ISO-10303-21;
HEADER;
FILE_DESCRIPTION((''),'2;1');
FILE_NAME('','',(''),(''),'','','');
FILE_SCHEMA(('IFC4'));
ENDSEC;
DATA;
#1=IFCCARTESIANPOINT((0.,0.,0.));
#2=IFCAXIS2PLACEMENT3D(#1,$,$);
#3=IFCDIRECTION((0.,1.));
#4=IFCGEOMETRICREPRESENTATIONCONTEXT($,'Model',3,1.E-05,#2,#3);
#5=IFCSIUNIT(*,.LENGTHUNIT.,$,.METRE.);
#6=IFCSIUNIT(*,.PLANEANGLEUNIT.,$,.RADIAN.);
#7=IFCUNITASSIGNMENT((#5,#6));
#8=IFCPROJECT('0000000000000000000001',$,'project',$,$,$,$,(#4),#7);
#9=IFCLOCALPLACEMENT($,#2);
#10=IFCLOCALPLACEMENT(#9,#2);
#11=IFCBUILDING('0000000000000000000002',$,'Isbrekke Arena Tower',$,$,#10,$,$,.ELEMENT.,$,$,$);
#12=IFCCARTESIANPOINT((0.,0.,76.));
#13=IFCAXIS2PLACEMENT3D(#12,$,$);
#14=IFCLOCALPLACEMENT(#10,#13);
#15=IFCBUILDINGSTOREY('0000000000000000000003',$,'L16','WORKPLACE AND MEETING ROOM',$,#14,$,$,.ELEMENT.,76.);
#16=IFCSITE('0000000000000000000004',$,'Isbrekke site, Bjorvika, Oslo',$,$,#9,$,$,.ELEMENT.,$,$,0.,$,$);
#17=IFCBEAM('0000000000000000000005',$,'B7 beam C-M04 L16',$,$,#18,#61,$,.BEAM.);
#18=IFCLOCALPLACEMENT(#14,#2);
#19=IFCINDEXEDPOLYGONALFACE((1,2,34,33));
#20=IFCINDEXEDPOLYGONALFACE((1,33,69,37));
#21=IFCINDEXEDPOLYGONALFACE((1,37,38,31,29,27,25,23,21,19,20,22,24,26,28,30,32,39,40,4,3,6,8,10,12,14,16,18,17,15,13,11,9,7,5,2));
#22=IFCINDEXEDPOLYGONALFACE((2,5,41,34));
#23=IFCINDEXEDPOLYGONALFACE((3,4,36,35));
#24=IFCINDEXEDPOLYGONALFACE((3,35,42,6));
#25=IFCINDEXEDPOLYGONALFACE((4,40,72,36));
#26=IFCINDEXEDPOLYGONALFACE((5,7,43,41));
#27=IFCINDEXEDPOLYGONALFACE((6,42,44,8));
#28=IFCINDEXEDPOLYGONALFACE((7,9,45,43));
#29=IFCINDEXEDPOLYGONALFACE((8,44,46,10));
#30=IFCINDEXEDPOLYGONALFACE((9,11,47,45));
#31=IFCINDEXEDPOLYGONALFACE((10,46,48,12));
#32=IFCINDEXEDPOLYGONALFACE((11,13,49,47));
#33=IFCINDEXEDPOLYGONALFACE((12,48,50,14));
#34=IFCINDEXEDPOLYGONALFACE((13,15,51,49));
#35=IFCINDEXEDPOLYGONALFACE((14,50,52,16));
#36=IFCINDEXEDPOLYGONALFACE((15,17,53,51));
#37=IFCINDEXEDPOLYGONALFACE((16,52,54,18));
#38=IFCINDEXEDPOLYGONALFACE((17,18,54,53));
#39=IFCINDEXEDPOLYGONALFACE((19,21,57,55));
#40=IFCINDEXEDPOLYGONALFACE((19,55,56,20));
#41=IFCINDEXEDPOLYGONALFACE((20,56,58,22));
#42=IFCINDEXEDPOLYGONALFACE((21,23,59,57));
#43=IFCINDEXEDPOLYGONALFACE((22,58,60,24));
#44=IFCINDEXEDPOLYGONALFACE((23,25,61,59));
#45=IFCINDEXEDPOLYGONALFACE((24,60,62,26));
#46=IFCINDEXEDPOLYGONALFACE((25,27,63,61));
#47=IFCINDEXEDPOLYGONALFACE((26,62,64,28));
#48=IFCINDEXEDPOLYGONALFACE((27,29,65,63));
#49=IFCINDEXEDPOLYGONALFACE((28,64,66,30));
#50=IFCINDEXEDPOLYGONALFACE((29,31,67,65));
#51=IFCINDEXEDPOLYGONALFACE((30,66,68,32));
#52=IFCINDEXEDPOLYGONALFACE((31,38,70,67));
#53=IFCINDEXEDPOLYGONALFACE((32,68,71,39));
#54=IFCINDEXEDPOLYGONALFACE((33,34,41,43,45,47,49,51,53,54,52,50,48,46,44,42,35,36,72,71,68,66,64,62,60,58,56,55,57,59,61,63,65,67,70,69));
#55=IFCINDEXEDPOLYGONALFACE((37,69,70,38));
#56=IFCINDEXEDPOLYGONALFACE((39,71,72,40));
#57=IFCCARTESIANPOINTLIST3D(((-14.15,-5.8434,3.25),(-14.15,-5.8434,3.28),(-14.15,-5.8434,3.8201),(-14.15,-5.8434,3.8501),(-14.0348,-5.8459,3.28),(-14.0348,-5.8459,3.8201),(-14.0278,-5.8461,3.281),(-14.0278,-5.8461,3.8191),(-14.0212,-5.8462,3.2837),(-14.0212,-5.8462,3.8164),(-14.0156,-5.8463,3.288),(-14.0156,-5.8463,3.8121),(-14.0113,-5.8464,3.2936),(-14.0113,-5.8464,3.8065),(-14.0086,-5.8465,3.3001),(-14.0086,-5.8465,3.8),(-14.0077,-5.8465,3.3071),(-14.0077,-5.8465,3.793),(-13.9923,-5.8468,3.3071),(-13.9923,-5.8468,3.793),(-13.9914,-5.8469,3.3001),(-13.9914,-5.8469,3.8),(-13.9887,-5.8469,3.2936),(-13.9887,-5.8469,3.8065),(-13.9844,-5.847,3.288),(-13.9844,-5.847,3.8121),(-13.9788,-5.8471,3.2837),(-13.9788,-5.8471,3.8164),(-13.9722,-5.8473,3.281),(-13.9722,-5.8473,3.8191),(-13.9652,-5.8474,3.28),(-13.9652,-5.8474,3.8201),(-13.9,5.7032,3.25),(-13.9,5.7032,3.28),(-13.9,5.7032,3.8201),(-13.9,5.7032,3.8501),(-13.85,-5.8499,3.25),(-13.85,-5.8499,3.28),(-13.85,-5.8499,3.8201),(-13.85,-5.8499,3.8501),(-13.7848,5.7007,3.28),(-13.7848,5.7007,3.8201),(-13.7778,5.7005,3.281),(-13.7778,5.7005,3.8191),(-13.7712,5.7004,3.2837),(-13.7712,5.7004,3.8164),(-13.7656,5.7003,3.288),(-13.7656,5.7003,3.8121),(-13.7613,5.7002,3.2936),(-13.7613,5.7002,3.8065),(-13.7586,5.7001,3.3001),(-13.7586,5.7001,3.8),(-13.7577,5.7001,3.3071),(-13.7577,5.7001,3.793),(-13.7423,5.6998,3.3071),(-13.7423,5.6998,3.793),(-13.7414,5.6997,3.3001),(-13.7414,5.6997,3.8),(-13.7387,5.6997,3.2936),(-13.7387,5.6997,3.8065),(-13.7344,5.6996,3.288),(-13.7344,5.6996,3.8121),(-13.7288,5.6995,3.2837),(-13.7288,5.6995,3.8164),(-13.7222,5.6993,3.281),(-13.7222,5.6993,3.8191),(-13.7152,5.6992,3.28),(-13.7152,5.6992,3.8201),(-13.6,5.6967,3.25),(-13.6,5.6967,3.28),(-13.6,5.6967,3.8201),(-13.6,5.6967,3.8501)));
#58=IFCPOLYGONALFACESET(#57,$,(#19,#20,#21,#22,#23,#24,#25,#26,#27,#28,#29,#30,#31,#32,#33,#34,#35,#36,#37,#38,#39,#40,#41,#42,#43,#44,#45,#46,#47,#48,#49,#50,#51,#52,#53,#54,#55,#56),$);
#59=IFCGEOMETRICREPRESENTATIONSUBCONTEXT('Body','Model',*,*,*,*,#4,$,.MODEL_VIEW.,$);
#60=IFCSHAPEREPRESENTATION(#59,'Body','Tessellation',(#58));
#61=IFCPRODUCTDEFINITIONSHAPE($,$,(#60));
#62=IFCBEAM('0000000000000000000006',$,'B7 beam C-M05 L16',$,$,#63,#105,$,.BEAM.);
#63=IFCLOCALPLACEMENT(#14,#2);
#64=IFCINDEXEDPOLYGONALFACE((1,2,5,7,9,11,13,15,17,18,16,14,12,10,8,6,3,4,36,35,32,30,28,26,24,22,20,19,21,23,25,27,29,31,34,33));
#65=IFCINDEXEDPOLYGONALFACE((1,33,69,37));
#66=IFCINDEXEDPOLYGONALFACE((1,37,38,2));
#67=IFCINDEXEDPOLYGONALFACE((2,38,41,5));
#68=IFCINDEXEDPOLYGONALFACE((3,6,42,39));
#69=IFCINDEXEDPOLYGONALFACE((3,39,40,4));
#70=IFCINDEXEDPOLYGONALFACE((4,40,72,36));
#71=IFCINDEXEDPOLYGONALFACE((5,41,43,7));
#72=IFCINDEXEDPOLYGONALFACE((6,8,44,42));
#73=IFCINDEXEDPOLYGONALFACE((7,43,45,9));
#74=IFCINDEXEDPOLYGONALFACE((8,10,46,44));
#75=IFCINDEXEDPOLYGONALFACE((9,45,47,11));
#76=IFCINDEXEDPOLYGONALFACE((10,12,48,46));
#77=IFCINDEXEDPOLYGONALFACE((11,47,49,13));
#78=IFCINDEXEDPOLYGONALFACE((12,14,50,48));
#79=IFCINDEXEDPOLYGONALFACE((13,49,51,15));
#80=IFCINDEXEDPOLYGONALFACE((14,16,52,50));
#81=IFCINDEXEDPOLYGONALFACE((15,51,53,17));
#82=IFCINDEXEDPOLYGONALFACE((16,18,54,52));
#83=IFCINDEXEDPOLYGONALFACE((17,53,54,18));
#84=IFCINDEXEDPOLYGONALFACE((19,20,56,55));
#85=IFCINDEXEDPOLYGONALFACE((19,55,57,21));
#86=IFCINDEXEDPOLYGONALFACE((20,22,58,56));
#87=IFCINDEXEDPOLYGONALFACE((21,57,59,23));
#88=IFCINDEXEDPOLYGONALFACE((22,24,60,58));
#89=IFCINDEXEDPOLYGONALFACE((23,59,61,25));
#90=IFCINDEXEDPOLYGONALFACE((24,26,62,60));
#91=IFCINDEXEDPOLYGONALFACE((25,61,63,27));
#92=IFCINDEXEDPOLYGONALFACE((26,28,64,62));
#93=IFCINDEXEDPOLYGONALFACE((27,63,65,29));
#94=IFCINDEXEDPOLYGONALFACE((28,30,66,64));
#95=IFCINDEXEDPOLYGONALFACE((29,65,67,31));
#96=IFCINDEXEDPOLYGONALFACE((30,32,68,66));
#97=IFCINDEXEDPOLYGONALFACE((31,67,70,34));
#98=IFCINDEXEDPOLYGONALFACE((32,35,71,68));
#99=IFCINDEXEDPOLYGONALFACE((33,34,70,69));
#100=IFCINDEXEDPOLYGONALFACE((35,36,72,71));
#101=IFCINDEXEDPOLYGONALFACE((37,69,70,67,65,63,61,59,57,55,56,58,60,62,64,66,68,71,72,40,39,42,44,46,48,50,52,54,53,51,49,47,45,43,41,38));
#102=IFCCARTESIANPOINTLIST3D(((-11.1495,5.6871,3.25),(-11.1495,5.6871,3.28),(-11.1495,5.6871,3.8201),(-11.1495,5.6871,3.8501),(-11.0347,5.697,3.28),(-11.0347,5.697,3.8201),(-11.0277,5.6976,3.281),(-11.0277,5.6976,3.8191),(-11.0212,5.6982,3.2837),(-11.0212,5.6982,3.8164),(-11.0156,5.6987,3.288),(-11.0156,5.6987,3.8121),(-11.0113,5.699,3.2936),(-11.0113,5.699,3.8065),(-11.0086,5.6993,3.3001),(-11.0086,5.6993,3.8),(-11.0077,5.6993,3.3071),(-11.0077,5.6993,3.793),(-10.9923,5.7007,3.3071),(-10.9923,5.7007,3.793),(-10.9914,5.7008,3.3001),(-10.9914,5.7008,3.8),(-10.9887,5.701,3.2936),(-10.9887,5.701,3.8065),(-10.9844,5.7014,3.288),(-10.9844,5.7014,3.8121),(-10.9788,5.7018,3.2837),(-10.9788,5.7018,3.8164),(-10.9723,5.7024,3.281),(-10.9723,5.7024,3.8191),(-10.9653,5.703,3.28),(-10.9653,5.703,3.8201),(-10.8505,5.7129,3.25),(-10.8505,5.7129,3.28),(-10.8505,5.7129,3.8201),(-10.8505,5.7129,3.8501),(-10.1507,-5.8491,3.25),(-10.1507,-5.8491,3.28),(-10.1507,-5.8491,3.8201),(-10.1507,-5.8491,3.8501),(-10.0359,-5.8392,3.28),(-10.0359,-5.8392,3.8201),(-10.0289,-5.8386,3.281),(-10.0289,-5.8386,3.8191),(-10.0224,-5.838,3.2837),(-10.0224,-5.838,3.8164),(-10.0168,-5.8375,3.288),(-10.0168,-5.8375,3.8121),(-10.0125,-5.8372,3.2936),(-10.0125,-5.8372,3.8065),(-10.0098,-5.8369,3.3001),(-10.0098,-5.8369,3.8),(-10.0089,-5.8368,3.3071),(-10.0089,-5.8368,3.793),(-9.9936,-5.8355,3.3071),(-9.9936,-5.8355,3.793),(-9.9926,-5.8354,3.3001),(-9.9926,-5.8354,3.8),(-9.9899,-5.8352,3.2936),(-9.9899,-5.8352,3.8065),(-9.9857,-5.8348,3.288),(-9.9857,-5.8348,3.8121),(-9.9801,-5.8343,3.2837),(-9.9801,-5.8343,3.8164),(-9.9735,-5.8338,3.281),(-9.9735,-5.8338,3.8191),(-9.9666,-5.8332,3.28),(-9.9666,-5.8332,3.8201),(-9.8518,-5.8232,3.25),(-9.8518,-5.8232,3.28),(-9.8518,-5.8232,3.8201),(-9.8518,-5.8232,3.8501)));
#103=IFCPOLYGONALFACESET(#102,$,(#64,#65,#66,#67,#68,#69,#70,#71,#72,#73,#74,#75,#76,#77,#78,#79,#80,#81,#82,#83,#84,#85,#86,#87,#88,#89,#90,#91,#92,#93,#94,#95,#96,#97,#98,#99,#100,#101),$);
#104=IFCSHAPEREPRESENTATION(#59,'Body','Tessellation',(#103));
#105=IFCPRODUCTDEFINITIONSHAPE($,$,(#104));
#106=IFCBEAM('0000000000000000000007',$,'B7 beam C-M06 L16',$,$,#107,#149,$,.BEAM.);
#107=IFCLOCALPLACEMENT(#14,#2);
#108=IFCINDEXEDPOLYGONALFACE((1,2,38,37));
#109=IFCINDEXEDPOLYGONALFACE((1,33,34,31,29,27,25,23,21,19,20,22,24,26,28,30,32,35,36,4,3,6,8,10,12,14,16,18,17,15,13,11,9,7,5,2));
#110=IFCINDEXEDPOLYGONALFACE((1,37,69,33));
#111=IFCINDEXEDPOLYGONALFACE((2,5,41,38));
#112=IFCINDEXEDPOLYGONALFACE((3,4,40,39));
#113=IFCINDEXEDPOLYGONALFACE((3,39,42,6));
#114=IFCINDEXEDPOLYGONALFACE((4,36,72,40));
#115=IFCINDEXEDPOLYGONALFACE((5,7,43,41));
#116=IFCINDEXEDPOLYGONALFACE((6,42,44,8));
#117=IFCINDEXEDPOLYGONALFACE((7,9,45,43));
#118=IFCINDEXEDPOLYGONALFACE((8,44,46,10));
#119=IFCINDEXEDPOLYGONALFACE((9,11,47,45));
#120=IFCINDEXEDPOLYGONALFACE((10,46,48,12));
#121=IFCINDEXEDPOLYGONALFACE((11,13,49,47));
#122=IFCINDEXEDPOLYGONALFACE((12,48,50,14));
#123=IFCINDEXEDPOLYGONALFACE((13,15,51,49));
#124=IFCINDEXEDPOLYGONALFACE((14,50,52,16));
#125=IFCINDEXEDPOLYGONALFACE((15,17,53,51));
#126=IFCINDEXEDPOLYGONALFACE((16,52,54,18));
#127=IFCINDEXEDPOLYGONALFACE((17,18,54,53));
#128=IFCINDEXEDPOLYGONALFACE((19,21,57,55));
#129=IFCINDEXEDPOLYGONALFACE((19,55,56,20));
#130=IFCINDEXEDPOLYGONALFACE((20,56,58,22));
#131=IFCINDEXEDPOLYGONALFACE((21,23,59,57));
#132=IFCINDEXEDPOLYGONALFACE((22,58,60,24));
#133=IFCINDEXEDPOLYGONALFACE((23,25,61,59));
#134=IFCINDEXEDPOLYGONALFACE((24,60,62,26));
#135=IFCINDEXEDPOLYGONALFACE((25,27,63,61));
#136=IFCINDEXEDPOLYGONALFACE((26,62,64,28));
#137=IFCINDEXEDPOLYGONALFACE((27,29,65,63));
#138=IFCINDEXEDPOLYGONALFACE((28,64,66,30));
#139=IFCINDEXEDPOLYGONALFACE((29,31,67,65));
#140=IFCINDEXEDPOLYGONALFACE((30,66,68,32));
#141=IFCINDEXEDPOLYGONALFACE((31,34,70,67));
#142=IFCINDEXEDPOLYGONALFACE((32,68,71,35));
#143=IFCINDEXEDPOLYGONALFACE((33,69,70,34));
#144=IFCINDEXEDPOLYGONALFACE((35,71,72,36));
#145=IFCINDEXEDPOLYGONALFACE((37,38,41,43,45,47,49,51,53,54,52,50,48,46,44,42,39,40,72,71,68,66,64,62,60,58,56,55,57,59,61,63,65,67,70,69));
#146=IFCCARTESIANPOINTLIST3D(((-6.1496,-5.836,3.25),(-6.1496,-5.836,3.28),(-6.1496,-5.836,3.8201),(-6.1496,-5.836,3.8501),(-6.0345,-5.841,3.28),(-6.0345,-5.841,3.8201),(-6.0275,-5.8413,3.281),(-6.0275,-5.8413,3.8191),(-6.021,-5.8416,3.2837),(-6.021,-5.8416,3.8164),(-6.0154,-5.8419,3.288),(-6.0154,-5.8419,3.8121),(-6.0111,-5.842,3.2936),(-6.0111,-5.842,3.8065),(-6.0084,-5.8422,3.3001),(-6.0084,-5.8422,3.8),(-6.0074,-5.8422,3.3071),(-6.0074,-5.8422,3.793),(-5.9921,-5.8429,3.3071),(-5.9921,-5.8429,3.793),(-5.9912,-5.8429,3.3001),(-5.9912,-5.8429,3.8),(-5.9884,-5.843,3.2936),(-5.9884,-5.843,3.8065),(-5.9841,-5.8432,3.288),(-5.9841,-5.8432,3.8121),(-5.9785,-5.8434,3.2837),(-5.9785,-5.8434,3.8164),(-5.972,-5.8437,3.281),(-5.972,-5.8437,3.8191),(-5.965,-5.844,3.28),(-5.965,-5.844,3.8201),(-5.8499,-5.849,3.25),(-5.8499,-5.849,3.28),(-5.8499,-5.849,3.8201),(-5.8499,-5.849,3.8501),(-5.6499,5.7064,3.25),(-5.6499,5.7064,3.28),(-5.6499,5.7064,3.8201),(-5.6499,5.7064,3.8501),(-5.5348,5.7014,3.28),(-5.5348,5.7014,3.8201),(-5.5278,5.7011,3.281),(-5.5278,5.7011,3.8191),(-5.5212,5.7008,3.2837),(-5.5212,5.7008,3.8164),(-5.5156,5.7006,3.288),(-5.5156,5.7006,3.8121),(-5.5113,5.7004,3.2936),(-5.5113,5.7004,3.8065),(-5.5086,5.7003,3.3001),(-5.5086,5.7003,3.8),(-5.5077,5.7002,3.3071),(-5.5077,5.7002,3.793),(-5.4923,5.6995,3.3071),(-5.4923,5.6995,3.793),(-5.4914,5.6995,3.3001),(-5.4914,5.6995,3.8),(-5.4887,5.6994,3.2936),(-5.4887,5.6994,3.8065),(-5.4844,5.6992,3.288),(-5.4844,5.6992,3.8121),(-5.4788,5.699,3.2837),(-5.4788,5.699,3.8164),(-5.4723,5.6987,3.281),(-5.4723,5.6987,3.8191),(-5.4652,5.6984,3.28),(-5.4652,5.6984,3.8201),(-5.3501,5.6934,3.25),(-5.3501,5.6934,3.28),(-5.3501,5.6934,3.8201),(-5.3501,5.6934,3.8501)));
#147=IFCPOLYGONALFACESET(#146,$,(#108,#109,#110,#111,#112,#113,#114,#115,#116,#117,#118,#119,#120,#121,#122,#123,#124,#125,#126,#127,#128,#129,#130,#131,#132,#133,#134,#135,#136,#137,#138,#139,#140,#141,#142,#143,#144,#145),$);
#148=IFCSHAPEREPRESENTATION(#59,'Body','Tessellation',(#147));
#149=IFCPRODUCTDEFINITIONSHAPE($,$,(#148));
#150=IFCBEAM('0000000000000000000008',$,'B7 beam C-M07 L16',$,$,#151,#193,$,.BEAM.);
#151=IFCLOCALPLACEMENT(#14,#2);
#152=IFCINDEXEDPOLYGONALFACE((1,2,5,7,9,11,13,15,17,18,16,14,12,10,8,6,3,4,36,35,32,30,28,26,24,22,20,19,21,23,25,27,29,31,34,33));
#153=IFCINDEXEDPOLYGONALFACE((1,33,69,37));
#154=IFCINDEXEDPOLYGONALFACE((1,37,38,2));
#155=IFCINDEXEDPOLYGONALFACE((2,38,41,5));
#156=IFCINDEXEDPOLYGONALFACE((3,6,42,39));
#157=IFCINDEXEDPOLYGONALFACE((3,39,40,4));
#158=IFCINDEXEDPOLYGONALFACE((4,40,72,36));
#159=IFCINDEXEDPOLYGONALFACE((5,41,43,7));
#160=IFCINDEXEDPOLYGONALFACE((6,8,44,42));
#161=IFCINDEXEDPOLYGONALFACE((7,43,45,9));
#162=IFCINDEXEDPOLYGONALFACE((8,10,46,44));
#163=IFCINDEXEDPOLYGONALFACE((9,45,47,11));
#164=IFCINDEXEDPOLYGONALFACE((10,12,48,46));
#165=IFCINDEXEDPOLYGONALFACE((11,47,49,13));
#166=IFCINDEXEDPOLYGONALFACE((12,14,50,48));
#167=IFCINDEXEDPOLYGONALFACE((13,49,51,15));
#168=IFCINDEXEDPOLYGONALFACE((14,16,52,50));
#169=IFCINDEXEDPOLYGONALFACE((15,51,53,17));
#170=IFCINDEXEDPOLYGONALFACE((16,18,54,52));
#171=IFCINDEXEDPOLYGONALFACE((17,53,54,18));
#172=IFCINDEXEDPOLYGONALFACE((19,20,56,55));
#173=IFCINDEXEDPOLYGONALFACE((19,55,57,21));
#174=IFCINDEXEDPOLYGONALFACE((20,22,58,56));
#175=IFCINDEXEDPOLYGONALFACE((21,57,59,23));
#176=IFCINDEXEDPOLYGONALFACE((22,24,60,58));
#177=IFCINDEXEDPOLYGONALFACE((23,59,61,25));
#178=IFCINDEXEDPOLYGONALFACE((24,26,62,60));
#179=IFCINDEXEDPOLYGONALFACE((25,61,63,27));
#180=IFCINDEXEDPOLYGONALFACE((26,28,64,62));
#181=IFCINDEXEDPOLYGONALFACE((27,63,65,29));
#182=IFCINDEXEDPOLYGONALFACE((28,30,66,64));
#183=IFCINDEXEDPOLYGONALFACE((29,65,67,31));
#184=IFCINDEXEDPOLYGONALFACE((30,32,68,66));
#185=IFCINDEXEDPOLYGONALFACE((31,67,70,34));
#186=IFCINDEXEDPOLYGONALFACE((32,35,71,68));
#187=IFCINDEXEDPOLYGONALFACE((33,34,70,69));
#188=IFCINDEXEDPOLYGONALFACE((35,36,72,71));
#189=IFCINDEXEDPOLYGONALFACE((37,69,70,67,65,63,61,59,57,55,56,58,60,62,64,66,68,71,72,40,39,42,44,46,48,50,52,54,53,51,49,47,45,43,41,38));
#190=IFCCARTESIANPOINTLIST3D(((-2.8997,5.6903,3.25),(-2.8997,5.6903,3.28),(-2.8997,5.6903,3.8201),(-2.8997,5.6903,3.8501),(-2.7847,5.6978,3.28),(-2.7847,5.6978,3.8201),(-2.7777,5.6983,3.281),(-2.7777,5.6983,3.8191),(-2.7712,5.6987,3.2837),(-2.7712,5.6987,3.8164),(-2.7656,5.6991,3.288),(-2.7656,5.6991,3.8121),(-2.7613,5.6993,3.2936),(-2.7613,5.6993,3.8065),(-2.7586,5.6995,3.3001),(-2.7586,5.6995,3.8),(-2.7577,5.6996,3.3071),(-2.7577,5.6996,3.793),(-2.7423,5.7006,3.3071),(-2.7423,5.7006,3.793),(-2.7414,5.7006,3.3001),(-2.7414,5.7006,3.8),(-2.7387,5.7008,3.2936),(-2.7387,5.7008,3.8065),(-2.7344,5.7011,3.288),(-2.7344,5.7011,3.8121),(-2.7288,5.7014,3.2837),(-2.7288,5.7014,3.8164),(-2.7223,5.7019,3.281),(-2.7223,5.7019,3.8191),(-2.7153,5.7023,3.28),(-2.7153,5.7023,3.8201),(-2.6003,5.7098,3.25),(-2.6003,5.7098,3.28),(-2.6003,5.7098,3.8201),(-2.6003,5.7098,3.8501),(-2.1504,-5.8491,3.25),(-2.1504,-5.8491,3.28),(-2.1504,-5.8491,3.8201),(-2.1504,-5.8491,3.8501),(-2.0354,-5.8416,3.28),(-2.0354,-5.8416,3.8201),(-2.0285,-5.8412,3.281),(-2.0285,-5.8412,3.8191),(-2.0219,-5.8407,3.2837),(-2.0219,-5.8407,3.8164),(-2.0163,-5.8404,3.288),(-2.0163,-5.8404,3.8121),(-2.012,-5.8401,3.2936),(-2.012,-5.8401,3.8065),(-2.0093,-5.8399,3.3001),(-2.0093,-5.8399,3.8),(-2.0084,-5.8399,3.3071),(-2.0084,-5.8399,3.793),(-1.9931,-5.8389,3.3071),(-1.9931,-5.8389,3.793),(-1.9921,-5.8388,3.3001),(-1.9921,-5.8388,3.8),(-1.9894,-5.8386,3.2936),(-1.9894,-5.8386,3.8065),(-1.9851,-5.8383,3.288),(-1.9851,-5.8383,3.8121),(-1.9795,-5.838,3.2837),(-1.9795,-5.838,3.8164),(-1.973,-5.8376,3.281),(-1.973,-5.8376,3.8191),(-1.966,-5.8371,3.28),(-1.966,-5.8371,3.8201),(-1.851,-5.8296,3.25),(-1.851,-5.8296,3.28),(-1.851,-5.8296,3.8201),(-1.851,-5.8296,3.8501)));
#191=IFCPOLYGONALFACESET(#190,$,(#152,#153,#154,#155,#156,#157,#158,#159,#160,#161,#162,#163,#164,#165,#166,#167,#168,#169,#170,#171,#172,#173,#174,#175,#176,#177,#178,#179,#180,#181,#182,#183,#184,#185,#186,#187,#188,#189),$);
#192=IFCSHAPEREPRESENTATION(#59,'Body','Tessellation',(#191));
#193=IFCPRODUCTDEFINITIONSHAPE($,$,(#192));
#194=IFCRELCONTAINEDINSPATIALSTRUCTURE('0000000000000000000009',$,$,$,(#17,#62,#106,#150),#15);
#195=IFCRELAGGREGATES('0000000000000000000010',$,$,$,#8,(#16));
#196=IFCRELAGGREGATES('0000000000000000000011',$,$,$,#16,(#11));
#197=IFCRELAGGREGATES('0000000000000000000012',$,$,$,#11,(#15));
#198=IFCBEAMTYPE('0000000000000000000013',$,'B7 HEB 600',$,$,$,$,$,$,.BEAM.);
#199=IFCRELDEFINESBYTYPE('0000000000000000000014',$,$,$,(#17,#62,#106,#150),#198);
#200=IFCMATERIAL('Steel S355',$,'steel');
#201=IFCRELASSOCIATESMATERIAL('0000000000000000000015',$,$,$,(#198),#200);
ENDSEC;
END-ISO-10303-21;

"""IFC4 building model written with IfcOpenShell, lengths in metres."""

from ifc_helpers import new_model, si_unit, direction, frame, origin, origin_2d, place, context, subcontext, project, spatial, i_section, extrude, material, material_profile, profile_set, type_object, element, save


model = new_model("IFC4")

# Units and contexts
model_context = context("Model", 3, precision=1e-05, world=origin(), true_north=direction((0.0, 1.0)))
body_context = subcontext(model_context, "Body", "Model", "MODEL_VIEW")
ifc_project = project(units=[si_unit("LENGTHUNIT", "METRE"), si_unit("PLANEANGLEUNIT", "RADIAN")], contexts=[model_context])

# Site, building, storey
site_placement = place(None, origin())
site = spatial("IfcSite", under=ifc_project, at=site_placement, Name="Isbrekke site, Bjorvika, Oslo", CompositionType="ELEMENT", RefElevation=0.0)
building_placement = place(site_placement, origin())
building = spatial("IfcBuilding", under=site, at=building_placement, Name="Isbrekke Arena Tower", CompositionType="ELEMENT")
storey_placement = place(building_placement, frame((0.0, 0.0, 76.0)))
storey = spatial("IfcBuildingStorey", under=building, at=storey_placement, Name="L16", Description="WORKPLACE AND MEETING ROOM", CompositionType="ELEMENT", Elevation=76.0)

# Beams
ifc_material_1 = material(Name="Steel S355", Category="steel")
ifc_material_profile_1 = material_profile(ifc_material_1, i_section(OverallWidth=0.3, OverallDepth=0.6001, WebThickness=0.0154, FlangeThickness=0.03, FilletRadius=0.0271, at=origin_2d()), Name="HEB 600")
ifc_profile_set_1 = profile_set([ifc_material_profile_1], Name="Steel S355")
beam_type_1 = type_object("IfcBeamType", Name="B7 HEB 600", PredefinedType="BEAM", material=ifc_profile_set_1)
beam_1_placement = place(storey_placement, frame((-14.0, -5.8467, 3.55), z_axis=(0.021646, 0.999766, 0.0), x_axis=(-0.999766, 0.021646, 0.0)))
element("IfcBeam", 1, at=beam_1_placement, inside=storey, type_object=beam_type_1, Name="B7 beam C-M04 L16", PredefinedType="BEAM", context=body_context, shape_type="SweptSolid", body=[
    extrude(i_section(OverallWidth=0.3, OverallDepth=0.6001, WebThickness=0.0154, FlangeThickness=0.03, FilletRadius=0.0271, at=origin_2d()), origin(), (0.0, 0.0, 1.0), 11.5493),
])
beam_2_placement = place(storey_placement, frame((-10.0012, -5.8362, 3.55), z_axis=(-0.086256, 0.996273, 0.0), x_axis=(-0.996273, -0.086256, 0.0)))
element("IfcBeam", 2, at=beam_2_placement, inside=storey, type_object=beam_type_1, Name="B7 beam C-M05 L16", PredefinedType="BEAM", context=body_context, shape_type="SweptSolid", body=[
    extrude(i_section(OverallWidth=0.3, OverallDepth=0.6001, WebThickness=0.0154, FlangeThickness=0.03, FilletRadius=0.0271, at=origin_2d()), origin(), (0.0, 0.0, 1.0), 11.5793),
])
beam_3_placement = place(storey_placement, frame((-5.9998, -5.8425, 3.55), z_axis=(0.043257, 0.999064, 0.0), x_axis=(-0.999064, 0.043257, 0.0)))
element("IfcBeam", 3, at=beam_3_placement, inside=storey, type_object=beam_type_1, Name="B7 beam C-M06 L16", PredefinedType="BEAM", context=body_context, shape_type="SweptSolid", body=[
    extrude(i_section(OverallWidth=0.3, OverallDepth=0.6001, WebThickness=0.0154, FlangeThickness=0.03, FilletRadius=0.0271, at=origin_2d()), origin(), (0.0, 0.0, 1.0), 11.5532),
])
beam_4_placement = place(storey_placement, frame((-2.0007, -5.8394, 3.55), z_axis=(-0.064795, 0.997899, 0.0), x_axis=(-0.997899, -0.064795, 0.0)))
element("IfcBeam", 4, at=beam_4_placement, inside=storey, type_object=beam_type_1, Name="B7 beam C-M07 L16", PredefinedType="BEAM", context=body_context, shape_type="SweptSolid", body=[
    extrude(i_section(OverallWidth=0.3, OverallDepth=0.6001, WebThickness=0.0154, FlangeThickness=0.03, FilletRadius=0.0271, at=origin_2d()), origin(), (0.0, 0.0, 1.0), 11.5637),
])

save(model, "model.ifc")
